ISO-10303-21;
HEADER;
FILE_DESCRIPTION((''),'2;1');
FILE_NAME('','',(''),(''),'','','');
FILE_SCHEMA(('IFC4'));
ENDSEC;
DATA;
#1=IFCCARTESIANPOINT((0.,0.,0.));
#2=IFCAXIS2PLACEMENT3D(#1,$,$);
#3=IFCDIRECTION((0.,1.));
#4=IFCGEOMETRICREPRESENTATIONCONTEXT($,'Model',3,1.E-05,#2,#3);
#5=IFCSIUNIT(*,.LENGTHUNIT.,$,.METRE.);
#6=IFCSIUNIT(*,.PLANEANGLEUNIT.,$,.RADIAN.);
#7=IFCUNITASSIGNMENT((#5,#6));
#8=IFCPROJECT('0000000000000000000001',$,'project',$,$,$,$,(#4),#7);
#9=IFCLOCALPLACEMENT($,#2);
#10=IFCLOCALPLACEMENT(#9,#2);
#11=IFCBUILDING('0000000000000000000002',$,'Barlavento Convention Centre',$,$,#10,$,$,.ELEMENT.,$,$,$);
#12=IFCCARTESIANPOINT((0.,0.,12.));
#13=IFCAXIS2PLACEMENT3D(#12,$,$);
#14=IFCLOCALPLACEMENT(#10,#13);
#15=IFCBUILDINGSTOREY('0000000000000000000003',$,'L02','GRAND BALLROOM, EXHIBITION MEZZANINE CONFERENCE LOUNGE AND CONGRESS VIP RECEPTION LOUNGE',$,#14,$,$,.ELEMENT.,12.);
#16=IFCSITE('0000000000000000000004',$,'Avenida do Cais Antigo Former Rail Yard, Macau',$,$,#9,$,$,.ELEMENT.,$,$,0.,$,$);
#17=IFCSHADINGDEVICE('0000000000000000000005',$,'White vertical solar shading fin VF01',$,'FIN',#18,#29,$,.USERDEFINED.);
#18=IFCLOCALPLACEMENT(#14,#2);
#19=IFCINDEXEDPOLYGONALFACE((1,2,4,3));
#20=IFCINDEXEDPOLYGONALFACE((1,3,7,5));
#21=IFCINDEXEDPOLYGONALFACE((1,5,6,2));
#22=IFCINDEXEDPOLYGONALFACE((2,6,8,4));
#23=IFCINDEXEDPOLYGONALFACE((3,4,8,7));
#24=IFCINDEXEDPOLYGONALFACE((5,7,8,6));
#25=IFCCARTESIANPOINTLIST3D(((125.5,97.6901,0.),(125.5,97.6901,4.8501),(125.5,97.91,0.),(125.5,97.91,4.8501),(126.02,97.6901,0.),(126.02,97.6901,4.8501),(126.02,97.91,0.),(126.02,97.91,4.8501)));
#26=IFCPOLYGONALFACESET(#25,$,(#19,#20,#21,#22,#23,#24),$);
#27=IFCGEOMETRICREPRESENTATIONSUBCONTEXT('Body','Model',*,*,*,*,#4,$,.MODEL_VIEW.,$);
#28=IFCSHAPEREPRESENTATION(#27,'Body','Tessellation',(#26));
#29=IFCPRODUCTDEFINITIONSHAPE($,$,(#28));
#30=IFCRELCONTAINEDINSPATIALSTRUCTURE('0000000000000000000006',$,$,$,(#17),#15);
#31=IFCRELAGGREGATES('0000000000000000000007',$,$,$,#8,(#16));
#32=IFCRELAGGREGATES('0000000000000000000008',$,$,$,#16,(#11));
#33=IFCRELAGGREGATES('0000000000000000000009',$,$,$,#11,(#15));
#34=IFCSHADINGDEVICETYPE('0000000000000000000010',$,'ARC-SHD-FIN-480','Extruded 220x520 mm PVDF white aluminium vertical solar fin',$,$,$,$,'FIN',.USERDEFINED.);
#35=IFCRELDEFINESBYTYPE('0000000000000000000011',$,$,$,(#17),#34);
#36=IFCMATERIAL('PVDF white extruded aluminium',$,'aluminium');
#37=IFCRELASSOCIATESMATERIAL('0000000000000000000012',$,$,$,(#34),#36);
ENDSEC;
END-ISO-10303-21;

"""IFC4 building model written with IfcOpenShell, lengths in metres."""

from ifc_helpers import new_model, si_unit, direction, frame, origin, origin_2d, place, context, subcontext, project, spatial, rectangle, extrude, material, type_object, element, save


model = new_model("IFC4")

# Units and contexts
model_context = context("Model", 3, precision=1e-05, world=origin(), true_north=direction((0.0, 1.0)))
body_context = subcontext(model_context, "Body", "Model", "MODEL_VIEW")
ifc_project = project(units=[si_unit("LENGTHUNIT", "METRE"), si_unit("PLANEANGLEUNIT", "RADIAN")], contexts=[model_context])

# Site, building, storey
site_placement = place(None, origin())
site = spatial("IfcSite", under=ifc_project, at=site_placement, Name="Avenida do Cais Antigo Former Rail Yard, Macau", CompositionType="ELEMENT", RefElevation=0.0)
building_placement = place(site_placement, origin())
building = spatial("IfcBuilding", under=site, at=building_placement, Name="Barlavento Convention Centre", CompositionType="ELEMENT")
storey_placement = place(building_placement, frame((0.0, 0.0, 12.0)))
storey = spatial("IfcBuildingStorey", under=building, at=storey_placement, Name="L02", Description="GRAND BALLROOM, EXHIBITION MEZZANINE CONFERENCE LOUNGE AND CONGRESS VIP RECEPTION LOUNGE", CompositionType="ELEMENT", Elevation=12.0)

# Shading device
ifc_material_1 = material(Name="PVDF white extruded aluminium", Category="aluminium")
shading_device_type = type_object("IfcShadingDeviceType", Name="ARC-SHD-FIN-480", Description="Extruded 220x520 mm PVDF white aluminium vertical solar fin", ElementType="FIN", PredefinedType="USERDEFINED", material=ifc_material_1)
for number, where, z_axis, x_axis, name in (
    (1, (125.76, 97.8, 0.0), (0.0, 0.0, 1.0), (0.0, 1.0, 0.0), "White vertical solar shading fin VF01"),
):
    element("IfcShadingDevice", number, at=place(storey_placement, frame(where, z_axis=z_axis, x_axis=x_axis)), inside=storey, type_object=shading_device_type, Name=name, ObjectType="FIN", PredefinedType="USERDEFINED", context=body_context, shape_type="SweptSolid", body=[
        extrude(rectangle(XDim=0.22, YDim=0.52, at=origin_2d()), origin(), (0.0, 0.0, 1.0), 4.8501),
    ])

save(model, "model.ifc")
